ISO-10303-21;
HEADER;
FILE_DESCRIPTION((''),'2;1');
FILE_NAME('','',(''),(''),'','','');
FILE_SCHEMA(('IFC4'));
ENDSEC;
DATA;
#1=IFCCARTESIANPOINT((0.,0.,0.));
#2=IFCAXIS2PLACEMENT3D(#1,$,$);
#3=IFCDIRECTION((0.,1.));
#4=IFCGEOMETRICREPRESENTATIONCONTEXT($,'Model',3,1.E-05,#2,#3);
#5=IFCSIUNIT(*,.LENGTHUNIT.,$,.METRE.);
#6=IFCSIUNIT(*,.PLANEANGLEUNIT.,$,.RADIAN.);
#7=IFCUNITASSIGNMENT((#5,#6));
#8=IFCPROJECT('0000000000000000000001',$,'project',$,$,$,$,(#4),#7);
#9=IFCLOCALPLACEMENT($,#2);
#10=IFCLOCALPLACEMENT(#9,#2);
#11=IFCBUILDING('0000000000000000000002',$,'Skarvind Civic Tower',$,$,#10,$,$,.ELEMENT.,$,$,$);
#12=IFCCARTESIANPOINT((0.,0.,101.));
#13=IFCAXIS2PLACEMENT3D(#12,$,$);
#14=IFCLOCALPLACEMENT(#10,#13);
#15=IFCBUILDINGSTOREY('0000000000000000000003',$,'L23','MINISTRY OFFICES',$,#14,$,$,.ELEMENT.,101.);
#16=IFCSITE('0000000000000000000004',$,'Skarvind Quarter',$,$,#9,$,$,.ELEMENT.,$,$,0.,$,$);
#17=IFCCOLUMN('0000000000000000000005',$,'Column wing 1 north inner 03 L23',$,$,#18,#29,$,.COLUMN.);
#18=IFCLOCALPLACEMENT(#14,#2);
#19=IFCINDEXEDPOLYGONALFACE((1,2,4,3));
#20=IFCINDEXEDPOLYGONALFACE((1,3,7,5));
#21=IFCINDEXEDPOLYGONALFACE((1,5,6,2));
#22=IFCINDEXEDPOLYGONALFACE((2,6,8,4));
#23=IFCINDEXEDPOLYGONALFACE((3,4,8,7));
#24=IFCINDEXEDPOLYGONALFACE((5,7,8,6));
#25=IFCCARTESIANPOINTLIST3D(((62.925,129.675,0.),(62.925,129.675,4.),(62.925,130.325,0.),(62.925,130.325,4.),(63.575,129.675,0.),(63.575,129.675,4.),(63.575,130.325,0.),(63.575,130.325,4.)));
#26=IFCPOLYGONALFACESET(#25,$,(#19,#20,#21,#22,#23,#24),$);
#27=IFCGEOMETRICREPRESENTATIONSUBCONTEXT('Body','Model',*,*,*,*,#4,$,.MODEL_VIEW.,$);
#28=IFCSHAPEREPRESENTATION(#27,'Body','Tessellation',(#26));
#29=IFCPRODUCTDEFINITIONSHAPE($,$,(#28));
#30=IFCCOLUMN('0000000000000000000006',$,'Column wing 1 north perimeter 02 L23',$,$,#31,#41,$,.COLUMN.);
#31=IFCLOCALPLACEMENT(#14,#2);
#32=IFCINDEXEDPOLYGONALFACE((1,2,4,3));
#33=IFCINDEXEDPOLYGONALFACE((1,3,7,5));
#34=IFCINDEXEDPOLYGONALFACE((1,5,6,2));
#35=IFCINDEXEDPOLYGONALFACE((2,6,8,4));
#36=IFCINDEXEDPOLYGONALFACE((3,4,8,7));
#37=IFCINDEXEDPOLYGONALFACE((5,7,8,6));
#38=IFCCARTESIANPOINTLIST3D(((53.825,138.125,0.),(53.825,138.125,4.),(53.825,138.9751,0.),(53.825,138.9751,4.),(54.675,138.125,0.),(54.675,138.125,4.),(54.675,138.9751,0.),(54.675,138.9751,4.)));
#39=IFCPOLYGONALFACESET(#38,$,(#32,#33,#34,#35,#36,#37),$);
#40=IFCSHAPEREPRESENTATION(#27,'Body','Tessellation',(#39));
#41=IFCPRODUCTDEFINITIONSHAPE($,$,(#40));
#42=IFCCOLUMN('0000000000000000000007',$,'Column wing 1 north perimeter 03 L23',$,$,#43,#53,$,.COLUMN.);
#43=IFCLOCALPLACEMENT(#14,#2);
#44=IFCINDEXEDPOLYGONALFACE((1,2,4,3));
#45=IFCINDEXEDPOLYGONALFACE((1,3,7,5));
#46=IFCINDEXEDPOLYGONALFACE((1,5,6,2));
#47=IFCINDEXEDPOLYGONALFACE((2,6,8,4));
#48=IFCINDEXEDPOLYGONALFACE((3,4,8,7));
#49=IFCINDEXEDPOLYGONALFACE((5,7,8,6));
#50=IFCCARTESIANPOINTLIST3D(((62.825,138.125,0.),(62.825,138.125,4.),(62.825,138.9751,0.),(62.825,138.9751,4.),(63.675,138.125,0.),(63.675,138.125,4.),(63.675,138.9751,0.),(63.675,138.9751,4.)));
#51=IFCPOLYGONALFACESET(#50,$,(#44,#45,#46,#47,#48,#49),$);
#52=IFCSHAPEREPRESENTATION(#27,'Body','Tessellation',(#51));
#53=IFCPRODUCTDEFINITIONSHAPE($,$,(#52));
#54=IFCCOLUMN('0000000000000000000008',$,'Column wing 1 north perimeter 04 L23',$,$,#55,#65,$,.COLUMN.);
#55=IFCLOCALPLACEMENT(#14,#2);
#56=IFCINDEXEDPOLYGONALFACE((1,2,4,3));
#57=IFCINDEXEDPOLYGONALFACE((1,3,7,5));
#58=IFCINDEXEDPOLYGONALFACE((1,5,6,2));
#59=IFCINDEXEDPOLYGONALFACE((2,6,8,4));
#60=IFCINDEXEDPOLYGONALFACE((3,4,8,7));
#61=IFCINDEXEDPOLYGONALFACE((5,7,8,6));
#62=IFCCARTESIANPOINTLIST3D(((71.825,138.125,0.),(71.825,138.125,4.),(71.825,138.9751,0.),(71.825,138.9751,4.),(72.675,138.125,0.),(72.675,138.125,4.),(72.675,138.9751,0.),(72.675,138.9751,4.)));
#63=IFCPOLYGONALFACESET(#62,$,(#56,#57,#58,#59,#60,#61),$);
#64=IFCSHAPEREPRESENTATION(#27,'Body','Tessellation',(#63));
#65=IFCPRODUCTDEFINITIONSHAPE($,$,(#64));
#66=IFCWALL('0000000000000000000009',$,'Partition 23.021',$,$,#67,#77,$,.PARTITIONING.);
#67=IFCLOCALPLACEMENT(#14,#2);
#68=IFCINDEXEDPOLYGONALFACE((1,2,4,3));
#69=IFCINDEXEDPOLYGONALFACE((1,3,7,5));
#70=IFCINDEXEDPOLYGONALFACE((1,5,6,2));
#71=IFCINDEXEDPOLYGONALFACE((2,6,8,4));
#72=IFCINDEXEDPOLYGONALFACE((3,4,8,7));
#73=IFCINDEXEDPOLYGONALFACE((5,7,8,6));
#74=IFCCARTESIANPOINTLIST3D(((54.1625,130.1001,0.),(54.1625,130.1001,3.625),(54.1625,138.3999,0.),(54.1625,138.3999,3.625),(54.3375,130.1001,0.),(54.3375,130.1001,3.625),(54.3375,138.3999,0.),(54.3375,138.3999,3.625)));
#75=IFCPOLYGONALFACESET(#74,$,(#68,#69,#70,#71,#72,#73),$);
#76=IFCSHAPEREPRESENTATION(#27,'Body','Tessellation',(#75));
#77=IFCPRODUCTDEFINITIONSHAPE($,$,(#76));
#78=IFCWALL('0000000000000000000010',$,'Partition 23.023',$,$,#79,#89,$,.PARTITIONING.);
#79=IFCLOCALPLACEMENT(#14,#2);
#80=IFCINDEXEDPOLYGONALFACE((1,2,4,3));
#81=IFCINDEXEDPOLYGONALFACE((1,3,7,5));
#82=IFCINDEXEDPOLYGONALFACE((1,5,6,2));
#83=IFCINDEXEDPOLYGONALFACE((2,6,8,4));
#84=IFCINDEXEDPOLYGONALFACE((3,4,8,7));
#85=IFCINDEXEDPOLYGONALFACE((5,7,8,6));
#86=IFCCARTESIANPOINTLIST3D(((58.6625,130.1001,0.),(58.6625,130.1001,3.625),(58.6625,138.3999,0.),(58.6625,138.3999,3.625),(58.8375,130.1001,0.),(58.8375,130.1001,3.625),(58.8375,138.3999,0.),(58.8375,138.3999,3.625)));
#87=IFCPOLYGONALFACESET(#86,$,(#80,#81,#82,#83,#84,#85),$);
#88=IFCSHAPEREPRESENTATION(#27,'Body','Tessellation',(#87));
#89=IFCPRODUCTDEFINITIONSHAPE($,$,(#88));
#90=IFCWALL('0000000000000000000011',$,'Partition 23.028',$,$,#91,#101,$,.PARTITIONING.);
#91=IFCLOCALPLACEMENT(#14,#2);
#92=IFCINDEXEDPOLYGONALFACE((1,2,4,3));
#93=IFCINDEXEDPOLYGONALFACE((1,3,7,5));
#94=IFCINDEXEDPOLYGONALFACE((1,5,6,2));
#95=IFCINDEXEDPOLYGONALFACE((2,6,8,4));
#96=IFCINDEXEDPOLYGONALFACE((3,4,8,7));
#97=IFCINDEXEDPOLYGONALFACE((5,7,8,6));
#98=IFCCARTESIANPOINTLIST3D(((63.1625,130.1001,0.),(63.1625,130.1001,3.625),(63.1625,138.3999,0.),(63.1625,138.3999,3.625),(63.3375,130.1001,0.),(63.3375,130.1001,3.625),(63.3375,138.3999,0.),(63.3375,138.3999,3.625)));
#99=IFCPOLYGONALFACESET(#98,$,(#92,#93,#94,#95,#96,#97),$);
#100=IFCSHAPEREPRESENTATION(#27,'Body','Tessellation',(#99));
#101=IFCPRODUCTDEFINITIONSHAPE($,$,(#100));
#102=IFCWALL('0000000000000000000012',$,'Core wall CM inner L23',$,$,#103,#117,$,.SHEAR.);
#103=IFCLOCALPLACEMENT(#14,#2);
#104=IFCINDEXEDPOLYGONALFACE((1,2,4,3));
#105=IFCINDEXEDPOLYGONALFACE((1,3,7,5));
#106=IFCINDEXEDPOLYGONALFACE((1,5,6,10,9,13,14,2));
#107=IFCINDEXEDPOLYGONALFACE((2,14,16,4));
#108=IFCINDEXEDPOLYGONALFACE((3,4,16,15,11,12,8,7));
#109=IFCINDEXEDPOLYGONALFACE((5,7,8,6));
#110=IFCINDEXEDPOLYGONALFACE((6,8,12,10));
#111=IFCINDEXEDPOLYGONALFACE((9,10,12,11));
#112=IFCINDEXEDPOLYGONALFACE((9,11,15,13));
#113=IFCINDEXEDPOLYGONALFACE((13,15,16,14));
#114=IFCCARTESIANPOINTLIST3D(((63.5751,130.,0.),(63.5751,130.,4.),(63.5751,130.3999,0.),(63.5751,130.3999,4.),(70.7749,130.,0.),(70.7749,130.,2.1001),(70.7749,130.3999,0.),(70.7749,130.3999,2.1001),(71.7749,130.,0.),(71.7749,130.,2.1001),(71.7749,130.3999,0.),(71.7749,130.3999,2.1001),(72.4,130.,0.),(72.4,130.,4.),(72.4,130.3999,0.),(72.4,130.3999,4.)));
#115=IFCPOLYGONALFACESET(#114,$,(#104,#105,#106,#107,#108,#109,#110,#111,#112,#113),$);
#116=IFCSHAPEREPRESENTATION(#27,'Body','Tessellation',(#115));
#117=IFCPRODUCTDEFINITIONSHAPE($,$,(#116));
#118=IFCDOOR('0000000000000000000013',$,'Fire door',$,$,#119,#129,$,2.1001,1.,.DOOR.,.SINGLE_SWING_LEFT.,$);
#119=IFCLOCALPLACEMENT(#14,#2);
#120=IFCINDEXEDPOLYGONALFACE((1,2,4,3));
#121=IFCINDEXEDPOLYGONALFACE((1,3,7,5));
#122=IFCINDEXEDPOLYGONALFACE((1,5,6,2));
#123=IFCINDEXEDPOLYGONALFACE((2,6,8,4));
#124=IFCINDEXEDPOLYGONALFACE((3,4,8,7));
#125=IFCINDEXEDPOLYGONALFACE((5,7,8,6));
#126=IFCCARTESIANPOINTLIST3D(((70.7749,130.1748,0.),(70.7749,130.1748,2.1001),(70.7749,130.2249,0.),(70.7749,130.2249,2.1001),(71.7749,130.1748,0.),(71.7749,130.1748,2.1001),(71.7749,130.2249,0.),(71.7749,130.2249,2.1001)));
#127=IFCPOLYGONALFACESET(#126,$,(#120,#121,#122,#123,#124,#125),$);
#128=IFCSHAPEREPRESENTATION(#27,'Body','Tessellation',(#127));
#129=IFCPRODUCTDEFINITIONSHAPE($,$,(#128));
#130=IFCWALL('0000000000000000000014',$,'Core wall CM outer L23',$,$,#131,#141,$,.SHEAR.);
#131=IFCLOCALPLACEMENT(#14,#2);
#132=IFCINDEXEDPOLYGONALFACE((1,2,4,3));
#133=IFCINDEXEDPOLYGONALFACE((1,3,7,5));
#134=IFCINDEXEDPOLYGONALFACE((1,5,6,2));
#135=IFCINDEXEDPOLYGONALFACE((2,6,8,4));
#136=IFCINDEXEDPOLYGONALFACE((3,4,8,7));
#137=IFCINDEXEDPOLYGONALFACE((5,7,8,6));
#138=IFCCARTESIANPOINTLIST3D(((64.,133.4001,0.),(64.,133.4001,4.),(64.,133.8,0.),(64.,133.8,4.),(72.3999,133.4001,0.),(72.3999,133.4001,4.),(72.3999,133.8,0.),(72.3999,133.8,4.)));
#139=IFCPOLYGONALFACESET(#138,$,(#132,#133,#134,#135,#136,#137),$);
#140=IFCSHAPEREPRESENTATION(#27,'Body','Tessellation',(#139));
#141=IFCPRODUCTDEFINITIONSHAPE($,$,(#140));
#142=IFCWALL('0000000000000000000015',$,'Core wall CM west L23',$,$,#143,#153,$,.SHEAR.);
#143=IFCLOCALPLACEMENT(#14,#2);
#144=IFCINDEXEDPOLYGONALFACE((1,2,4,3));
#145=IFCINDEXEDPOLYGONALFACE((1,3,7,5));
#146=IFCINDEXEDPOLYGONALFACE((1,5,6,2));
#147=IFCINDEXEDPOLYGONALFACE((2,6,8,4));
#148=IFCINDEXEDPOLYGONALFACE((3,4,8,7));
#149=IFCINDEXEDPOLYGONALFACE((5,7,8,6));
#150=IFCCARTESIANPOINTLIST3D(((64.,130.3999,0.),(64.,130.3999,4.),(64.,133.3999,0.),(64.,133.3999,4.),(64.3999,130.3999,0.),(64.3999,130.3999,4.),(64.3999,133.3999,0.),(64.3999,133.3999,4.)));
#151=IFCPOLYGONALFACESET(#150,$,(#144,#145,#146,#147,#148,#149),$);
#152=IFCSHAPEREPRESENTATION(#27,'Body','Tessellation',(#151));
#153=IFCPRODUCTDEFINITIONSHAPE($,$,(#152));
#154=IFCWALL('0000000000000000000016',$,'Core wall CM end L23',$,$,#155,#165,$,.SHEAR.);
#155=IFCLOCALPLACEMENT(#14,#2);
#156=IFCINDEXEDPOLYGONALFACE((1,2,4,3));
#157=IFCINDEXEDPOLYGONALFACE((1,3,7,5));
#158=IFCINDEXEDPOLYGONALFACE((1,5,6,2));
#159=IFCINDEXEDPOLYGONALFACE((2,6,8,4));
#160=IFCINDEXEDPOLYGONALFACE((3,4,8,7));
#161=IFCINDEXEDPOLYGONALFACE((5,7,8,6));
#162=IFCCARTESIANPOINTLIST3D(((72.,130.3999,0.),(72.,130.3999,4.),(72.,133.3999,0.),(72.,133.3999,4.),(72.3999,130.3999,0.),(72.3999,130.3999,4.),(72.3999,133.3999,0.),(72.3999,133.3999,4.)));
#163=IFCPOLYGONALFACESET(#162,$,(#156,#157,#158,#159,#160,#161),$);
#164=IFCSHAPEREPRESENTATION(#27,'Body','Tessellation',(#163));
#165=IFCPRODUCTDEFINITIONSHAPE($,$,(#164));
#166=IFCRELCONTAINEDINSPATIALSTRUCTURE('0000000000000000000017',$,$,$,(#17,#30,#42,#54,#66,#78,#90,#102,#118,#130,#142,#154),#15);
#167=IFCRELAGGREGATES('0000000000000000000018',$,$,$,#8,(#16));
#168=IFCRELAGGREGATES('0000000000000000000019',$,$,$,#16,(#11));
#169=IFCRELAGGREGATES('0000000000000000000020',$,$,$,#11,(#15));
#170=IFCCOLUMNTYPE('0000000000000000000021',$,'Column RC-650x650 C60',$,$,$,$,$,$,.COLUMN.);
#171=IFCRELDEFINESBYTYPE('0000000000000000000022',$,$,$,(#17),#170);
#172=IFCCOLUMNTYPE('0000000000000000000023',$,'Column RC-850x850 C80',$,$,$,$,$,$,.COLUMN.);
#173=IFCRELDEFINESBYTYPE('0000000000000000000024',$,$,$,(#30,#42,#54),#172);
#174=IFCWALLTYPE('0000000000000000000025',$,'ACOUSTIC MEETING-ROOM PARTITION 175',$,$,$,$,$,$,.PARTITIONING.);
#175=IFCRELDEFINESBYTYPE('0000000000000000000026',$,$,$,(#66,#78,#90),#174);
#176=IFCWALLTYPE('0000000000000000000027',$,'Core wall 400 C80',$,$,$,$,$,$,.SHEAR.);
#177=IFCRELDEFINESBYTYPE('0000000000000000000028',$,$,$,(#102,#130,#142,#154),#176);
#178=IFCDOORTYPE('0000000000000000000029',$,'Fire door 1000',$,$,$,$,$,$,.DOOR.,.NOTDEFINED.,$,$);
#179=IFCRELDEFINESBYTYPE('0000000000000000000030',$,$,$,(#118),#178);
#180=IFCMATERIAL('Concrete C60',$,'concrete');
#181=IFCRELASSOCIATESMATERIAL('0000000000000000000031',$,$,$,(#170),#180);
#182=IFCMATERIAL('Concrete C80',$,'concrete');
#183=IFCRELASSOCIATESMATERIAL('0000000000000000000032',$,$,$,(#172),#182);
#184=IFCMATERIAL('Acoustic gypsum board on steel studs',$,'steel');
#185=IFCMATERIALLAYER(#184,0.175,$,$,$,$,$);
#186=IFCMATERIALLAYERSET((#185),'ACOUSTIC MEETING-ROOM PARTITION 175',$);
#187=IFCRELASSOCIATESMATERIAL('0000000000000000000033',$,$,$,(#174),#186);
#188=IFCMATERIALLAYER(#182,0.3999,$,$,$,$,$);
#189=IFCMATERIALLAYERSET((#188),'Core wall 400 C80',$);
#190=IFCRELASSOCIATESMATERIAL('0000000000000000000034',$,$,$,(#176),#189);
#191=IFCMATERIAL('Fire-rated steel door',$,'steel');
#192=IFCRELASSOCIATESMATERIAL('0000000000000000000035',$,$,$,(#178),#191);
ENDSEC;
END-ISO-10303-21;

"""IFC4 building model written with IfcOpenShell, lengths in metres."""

from ifc_helpers import new_model, si_unit, direction, frame, frame_2d, origin, origin_2d, place, context, subcontext, project, spatial, rectangle, extrude, material, layer, layer_set, material_profile, profile_set, type_object, element, fill, save


model = new_model("IFC4")

# Units and contexts
model_context = context("Model", 3, precision=1e-05, world=origin(), true_north=direction((0.0, 1.0)))
body_context = subcontext(model_context, "Body", "Model", "MODEL_VIEW")
ifc_project = project(units=[si_unit("LENGTHUNIT", "METRE"), si_unit("PLANEANGLEUNIT", "RADIAN")], contexts=[model_context])

# Site, building, storey
site_placement = place(None, origin())
site = spatial("IfcSite", under=ifc_project, at=site_placement, Name="Skarvind Quarter", CompositionType="ELEMENT", RefElevation=0.0)
building_placement = place(site_placement, origin())
building = spatial("IfcBuilding", under=site, at=building_placement, Name="Skarvind Civic Tower", CompositionType="ELEMENT")
storey_placement = place(building_placement, frame((0.0, 0.0, 101.0)))
storey = spatial("IfcBuildingStorey", under=building, at=storey_placement, Name="L23", Description="MINISTRY OFFICES", CompositionType="ELEMENT", Elevation=101.0)

# Columns
ifc_material_1 = material(Name="Concrete C60", Category="concrete")
ifc_material_profile_1 = material_profile(ifc_material_1, rectangle(XDim=0.6499, YDim=0.6499, at=origin_2d()), Name="RC-650x650")
ifc_profile_set_1 = profile_set([ifc_material_profile_1], Name="Concrete C60")
column_type_1 = type_object("IfcColumnType", Name="Column RC-650x650 C60", PredefinedType="COLUMN", material=ifc_profile_set_1)
column_placement = place(storey_placement, frame((63.25, 130.0, 0.0), z_axis=(0.0, 0.0, 1.0), x_axis=(1.0, 0.0, 0.0)))
element("IfcColumn", 1, at=column_placement, inside=storey, type_object=column_type_1, Name="Column wing 1 north inner 03 L23", PredefinedType="COLUMN", context=body_context, shape_type="SweptSolid", body=[
    extrude(rectangle(XDim=0.6499, YDim=0.6499, at=origin_2d()), origin(), (0.0, 0.0, 1.0), 4.0),
])
ifc_material_2 = material(Name="Concrete C80", Category="concrete")
ifc_material_profile_2 = material_profile(ifc_material_2, rectangle(XDim=0.8501, YDim=0.8501, at=origin_2d()), Name="RC-850x850")
ifc_profile_set_2 = profile_set([ifc_material_profile_2], Name="Concrete C80")
column_type_2 = type_object("IfcColumnType", Name="Column RC-850x850 C80", PredefinedType="COLUMN", material=ifc_profile_set_2)
for number, where, z_axis, x_axis, name in (
    (2, (54.25, 138.55, 0.0), (0.0, 0.0, 1.0), (1.0, 0.0, 0.0), "Column wing 1 north perimeter 02 L23"),
    (3, (63.25, 138.55, 0.0), (0.0, 0.0, 1.0), (1.0, 0.0, 0.0), "Column wing 1 north perimeter 03 L23"),
    (4, (72.25, 138.55, 0.0), (0.0, 0.0, 1.0), (1.0, 0.0, 0.0), "Column wing 1 north perimeter 04 L23"),
):
    element("IfcColumn", number, at=place(storey_placement, frame(where, z_axis=z_axis, x_axis=x_axis)), inside=storey, type_object=column_type_2, Name=name, PredefinedType="COLUMN", context=body_context, shape_type="SweptSolid", body=[
        extrude(rectangle(XDim=0.8501, YDim=0.8501, at=origin_2d()), origin(), (0.0, 0.0, 1.0), 4.0),
    ])

# Walls
ifc_material_3 = material(Name="Acoustic gypsum board on steel studs", Category="steel")
ifc_layer_1 = layer(ifc_material_3, 0.175)
ifc_layer_set_1 = layer_set([ifc_layer_1], Name="ACOUSTIC MEETING-ROOM PARTITION 175")
wall_type_1 = type_object("IfcWallType", Name="ACOUSTIC MEETING-ROOM PARTITION 175", PredefinedType="PARTITIONING", material=ifc_layer_set_1)
for number, where, z_axis, x_axis, name in (
    (5, (54.25, 138.3999, 0.0), (0.0, 0.0, 1.0), (0.0, -1.0, 0.0), "Partition 23.021"),
    (6, (58.75, 130.1001, 0.0), (0.0, 0.0, 1.0), (0.0, 1.0, 0.0), "Partition 23.023"),
    (7, (63.25, 130.1001, 0.0), (0.0, 0.0, 1.0), (0.0, 1.0, 0.0), "Partition 23.028"),
):
    element("IfcWall", number, at=place(storey_placement, frame(where, z_axis=z_axis, x_axis=x_axis)), inside=storey, type_object=wall_type_1, Name=name, PredefinedType="PARTITIONING", context=body_context, shape_type="SweptSolid", body=[
        extrude(rectangle(XDim=8.2998, YDim=0.175, at=frame_2d((4.1499, 0.0))), origin(), (0.0, 0.0, 1.0), 3.625),
    ])

# Wall, opening, door
ifc_layer_2 = layer(ifc_material_2, 0.3999)
ifc_layer_set_2 = layer_set([ifc_layer_2], Name="Core wall 400 C80")
wall_type_2 = type_object("IfcWallType", Name="Core wall 400 C80", PredefinedType="SHEAR", material=ifc_layer_set_2)
wall_1_placement = place(storey_placement, frame((63.575, 130.2, 0.0), z_axis=(0.0, 0.0, 1.0), x_axis=(1.0, 0.0, 0.0)))
wall_1 = element("IfcWall", 8, at=wall_1_placement, inside=storey, type_object=wall_type_2, Name="Core wall CM inner L23", PredefinedType="SHEAR", context=body_context, shape_type="SweptSolid", body=[
    extrude(rectangle(XDim=8.825, YDim=0.3999, at=frame_2d((4.4126, 0.0))), origin(), (0.0, 0.0, 1.0), 4.0),
])
opening_1_placement = place(wall_1_placement, frame((7.2, 0.0, 0.0)))
opening_1 = element("IfcOpeningElement", 9, at=opening_1_placement, cuts=wall_1, PredefinedType="OPENING", context=body_context, shape_type="SweptSolid", body=[
    extrude(rectangle(XDim=1.0, YDim=2.1001, at=frame_2d((0.5, 1.05))), frame((0.0, 0.21, 0.0), z_axis=(0.0, -1.0, 0.0), x_axis=(1.0, 0.0, 0.0)), (0.0, 0.0, 1.0), 0.4199),
])
ifc_material_4 = material(Name="Fire-rated steel door", Category="steel")
door_type_1 = type_object("IfcDoorType", Name="Fire door 1000", OperationType="NOTDEFINED", PredefinedType="DOOR", material=ifc_material_4)
door_1_placement = place(opening_1_placement, origin())
door_1 = element("IfcDoor", 10, at=door_1_placement, inside=storey, type_object=door_type_1, Name="Fire door", OperationType="SINGLE_SWING_LEFT", OverallHeight=2.1001, OverallWidth=1.0, PredefinedType="DOOR", context=body_context, shape_type="SweptSolid", body=[
    extrude(rectangle(XDim=1.0, YDim=2.1001, at=frame_2d((0.5, 1.05))), frame((0.0, 0.0249, 0.0), z_axis=(0.0, -1.0, 0.0), x_axis=(1.0, 0.0, 0.0)), (0.0, 0.0, 1.0), 0.05),
])
fill(opening_1, door_1)

# Walls
wall_2_placement = place(storey_placement, frame((64.0, 133.6001, 0.0), z_axis=(0.0, 0.0, 1.0), x_axis=(1.0, 0.0, 0.0)))
element("IfcWall", 11, at=wall_2_placement, inside=storey, type_object=wall_type_2, Name="Core wall CM outer L23", PredefinedType="SHEAR", context=body_context, shape_type="SweptSolid", body=[
    extrude(rectangle(XDim=8.3999, YDim=0.3999, at=frame_2d((4.2, 0.0))), origin(), (0.0, 0.0, 1.0), 4.0),
])
for number, where, z_axis, x_axis, name in (
    (12, (64.2, 130.3999, 0.0), (0.0, 0.0, 1.0), (0.0, 1.0, 0.0), "Core wall CM west L23"),
    (13, (72.2, 130.3999, 0.0), (0.0, 0.0, 1.0), (0.0, 1.0, 0.0), "Core wall CM end L23"),
):
    element("IfcWall", number, at=place(storey_placement, frame(where, z_axis=z_axis, x_axis=x_axis)), inside=storey, type_object=wall_type_2, Name=name, PredefinedType="SHEAR", context=body_context, shape_type="SweptSolid", body=[
        extrude(rectangle(XDim=3.0, YDim=0.3999, at=frame_2d((1.5, 0.0))), origin(), (0.0, 0.0, 1.0), 4.0),
    ])

save(model, "model.ifc")
